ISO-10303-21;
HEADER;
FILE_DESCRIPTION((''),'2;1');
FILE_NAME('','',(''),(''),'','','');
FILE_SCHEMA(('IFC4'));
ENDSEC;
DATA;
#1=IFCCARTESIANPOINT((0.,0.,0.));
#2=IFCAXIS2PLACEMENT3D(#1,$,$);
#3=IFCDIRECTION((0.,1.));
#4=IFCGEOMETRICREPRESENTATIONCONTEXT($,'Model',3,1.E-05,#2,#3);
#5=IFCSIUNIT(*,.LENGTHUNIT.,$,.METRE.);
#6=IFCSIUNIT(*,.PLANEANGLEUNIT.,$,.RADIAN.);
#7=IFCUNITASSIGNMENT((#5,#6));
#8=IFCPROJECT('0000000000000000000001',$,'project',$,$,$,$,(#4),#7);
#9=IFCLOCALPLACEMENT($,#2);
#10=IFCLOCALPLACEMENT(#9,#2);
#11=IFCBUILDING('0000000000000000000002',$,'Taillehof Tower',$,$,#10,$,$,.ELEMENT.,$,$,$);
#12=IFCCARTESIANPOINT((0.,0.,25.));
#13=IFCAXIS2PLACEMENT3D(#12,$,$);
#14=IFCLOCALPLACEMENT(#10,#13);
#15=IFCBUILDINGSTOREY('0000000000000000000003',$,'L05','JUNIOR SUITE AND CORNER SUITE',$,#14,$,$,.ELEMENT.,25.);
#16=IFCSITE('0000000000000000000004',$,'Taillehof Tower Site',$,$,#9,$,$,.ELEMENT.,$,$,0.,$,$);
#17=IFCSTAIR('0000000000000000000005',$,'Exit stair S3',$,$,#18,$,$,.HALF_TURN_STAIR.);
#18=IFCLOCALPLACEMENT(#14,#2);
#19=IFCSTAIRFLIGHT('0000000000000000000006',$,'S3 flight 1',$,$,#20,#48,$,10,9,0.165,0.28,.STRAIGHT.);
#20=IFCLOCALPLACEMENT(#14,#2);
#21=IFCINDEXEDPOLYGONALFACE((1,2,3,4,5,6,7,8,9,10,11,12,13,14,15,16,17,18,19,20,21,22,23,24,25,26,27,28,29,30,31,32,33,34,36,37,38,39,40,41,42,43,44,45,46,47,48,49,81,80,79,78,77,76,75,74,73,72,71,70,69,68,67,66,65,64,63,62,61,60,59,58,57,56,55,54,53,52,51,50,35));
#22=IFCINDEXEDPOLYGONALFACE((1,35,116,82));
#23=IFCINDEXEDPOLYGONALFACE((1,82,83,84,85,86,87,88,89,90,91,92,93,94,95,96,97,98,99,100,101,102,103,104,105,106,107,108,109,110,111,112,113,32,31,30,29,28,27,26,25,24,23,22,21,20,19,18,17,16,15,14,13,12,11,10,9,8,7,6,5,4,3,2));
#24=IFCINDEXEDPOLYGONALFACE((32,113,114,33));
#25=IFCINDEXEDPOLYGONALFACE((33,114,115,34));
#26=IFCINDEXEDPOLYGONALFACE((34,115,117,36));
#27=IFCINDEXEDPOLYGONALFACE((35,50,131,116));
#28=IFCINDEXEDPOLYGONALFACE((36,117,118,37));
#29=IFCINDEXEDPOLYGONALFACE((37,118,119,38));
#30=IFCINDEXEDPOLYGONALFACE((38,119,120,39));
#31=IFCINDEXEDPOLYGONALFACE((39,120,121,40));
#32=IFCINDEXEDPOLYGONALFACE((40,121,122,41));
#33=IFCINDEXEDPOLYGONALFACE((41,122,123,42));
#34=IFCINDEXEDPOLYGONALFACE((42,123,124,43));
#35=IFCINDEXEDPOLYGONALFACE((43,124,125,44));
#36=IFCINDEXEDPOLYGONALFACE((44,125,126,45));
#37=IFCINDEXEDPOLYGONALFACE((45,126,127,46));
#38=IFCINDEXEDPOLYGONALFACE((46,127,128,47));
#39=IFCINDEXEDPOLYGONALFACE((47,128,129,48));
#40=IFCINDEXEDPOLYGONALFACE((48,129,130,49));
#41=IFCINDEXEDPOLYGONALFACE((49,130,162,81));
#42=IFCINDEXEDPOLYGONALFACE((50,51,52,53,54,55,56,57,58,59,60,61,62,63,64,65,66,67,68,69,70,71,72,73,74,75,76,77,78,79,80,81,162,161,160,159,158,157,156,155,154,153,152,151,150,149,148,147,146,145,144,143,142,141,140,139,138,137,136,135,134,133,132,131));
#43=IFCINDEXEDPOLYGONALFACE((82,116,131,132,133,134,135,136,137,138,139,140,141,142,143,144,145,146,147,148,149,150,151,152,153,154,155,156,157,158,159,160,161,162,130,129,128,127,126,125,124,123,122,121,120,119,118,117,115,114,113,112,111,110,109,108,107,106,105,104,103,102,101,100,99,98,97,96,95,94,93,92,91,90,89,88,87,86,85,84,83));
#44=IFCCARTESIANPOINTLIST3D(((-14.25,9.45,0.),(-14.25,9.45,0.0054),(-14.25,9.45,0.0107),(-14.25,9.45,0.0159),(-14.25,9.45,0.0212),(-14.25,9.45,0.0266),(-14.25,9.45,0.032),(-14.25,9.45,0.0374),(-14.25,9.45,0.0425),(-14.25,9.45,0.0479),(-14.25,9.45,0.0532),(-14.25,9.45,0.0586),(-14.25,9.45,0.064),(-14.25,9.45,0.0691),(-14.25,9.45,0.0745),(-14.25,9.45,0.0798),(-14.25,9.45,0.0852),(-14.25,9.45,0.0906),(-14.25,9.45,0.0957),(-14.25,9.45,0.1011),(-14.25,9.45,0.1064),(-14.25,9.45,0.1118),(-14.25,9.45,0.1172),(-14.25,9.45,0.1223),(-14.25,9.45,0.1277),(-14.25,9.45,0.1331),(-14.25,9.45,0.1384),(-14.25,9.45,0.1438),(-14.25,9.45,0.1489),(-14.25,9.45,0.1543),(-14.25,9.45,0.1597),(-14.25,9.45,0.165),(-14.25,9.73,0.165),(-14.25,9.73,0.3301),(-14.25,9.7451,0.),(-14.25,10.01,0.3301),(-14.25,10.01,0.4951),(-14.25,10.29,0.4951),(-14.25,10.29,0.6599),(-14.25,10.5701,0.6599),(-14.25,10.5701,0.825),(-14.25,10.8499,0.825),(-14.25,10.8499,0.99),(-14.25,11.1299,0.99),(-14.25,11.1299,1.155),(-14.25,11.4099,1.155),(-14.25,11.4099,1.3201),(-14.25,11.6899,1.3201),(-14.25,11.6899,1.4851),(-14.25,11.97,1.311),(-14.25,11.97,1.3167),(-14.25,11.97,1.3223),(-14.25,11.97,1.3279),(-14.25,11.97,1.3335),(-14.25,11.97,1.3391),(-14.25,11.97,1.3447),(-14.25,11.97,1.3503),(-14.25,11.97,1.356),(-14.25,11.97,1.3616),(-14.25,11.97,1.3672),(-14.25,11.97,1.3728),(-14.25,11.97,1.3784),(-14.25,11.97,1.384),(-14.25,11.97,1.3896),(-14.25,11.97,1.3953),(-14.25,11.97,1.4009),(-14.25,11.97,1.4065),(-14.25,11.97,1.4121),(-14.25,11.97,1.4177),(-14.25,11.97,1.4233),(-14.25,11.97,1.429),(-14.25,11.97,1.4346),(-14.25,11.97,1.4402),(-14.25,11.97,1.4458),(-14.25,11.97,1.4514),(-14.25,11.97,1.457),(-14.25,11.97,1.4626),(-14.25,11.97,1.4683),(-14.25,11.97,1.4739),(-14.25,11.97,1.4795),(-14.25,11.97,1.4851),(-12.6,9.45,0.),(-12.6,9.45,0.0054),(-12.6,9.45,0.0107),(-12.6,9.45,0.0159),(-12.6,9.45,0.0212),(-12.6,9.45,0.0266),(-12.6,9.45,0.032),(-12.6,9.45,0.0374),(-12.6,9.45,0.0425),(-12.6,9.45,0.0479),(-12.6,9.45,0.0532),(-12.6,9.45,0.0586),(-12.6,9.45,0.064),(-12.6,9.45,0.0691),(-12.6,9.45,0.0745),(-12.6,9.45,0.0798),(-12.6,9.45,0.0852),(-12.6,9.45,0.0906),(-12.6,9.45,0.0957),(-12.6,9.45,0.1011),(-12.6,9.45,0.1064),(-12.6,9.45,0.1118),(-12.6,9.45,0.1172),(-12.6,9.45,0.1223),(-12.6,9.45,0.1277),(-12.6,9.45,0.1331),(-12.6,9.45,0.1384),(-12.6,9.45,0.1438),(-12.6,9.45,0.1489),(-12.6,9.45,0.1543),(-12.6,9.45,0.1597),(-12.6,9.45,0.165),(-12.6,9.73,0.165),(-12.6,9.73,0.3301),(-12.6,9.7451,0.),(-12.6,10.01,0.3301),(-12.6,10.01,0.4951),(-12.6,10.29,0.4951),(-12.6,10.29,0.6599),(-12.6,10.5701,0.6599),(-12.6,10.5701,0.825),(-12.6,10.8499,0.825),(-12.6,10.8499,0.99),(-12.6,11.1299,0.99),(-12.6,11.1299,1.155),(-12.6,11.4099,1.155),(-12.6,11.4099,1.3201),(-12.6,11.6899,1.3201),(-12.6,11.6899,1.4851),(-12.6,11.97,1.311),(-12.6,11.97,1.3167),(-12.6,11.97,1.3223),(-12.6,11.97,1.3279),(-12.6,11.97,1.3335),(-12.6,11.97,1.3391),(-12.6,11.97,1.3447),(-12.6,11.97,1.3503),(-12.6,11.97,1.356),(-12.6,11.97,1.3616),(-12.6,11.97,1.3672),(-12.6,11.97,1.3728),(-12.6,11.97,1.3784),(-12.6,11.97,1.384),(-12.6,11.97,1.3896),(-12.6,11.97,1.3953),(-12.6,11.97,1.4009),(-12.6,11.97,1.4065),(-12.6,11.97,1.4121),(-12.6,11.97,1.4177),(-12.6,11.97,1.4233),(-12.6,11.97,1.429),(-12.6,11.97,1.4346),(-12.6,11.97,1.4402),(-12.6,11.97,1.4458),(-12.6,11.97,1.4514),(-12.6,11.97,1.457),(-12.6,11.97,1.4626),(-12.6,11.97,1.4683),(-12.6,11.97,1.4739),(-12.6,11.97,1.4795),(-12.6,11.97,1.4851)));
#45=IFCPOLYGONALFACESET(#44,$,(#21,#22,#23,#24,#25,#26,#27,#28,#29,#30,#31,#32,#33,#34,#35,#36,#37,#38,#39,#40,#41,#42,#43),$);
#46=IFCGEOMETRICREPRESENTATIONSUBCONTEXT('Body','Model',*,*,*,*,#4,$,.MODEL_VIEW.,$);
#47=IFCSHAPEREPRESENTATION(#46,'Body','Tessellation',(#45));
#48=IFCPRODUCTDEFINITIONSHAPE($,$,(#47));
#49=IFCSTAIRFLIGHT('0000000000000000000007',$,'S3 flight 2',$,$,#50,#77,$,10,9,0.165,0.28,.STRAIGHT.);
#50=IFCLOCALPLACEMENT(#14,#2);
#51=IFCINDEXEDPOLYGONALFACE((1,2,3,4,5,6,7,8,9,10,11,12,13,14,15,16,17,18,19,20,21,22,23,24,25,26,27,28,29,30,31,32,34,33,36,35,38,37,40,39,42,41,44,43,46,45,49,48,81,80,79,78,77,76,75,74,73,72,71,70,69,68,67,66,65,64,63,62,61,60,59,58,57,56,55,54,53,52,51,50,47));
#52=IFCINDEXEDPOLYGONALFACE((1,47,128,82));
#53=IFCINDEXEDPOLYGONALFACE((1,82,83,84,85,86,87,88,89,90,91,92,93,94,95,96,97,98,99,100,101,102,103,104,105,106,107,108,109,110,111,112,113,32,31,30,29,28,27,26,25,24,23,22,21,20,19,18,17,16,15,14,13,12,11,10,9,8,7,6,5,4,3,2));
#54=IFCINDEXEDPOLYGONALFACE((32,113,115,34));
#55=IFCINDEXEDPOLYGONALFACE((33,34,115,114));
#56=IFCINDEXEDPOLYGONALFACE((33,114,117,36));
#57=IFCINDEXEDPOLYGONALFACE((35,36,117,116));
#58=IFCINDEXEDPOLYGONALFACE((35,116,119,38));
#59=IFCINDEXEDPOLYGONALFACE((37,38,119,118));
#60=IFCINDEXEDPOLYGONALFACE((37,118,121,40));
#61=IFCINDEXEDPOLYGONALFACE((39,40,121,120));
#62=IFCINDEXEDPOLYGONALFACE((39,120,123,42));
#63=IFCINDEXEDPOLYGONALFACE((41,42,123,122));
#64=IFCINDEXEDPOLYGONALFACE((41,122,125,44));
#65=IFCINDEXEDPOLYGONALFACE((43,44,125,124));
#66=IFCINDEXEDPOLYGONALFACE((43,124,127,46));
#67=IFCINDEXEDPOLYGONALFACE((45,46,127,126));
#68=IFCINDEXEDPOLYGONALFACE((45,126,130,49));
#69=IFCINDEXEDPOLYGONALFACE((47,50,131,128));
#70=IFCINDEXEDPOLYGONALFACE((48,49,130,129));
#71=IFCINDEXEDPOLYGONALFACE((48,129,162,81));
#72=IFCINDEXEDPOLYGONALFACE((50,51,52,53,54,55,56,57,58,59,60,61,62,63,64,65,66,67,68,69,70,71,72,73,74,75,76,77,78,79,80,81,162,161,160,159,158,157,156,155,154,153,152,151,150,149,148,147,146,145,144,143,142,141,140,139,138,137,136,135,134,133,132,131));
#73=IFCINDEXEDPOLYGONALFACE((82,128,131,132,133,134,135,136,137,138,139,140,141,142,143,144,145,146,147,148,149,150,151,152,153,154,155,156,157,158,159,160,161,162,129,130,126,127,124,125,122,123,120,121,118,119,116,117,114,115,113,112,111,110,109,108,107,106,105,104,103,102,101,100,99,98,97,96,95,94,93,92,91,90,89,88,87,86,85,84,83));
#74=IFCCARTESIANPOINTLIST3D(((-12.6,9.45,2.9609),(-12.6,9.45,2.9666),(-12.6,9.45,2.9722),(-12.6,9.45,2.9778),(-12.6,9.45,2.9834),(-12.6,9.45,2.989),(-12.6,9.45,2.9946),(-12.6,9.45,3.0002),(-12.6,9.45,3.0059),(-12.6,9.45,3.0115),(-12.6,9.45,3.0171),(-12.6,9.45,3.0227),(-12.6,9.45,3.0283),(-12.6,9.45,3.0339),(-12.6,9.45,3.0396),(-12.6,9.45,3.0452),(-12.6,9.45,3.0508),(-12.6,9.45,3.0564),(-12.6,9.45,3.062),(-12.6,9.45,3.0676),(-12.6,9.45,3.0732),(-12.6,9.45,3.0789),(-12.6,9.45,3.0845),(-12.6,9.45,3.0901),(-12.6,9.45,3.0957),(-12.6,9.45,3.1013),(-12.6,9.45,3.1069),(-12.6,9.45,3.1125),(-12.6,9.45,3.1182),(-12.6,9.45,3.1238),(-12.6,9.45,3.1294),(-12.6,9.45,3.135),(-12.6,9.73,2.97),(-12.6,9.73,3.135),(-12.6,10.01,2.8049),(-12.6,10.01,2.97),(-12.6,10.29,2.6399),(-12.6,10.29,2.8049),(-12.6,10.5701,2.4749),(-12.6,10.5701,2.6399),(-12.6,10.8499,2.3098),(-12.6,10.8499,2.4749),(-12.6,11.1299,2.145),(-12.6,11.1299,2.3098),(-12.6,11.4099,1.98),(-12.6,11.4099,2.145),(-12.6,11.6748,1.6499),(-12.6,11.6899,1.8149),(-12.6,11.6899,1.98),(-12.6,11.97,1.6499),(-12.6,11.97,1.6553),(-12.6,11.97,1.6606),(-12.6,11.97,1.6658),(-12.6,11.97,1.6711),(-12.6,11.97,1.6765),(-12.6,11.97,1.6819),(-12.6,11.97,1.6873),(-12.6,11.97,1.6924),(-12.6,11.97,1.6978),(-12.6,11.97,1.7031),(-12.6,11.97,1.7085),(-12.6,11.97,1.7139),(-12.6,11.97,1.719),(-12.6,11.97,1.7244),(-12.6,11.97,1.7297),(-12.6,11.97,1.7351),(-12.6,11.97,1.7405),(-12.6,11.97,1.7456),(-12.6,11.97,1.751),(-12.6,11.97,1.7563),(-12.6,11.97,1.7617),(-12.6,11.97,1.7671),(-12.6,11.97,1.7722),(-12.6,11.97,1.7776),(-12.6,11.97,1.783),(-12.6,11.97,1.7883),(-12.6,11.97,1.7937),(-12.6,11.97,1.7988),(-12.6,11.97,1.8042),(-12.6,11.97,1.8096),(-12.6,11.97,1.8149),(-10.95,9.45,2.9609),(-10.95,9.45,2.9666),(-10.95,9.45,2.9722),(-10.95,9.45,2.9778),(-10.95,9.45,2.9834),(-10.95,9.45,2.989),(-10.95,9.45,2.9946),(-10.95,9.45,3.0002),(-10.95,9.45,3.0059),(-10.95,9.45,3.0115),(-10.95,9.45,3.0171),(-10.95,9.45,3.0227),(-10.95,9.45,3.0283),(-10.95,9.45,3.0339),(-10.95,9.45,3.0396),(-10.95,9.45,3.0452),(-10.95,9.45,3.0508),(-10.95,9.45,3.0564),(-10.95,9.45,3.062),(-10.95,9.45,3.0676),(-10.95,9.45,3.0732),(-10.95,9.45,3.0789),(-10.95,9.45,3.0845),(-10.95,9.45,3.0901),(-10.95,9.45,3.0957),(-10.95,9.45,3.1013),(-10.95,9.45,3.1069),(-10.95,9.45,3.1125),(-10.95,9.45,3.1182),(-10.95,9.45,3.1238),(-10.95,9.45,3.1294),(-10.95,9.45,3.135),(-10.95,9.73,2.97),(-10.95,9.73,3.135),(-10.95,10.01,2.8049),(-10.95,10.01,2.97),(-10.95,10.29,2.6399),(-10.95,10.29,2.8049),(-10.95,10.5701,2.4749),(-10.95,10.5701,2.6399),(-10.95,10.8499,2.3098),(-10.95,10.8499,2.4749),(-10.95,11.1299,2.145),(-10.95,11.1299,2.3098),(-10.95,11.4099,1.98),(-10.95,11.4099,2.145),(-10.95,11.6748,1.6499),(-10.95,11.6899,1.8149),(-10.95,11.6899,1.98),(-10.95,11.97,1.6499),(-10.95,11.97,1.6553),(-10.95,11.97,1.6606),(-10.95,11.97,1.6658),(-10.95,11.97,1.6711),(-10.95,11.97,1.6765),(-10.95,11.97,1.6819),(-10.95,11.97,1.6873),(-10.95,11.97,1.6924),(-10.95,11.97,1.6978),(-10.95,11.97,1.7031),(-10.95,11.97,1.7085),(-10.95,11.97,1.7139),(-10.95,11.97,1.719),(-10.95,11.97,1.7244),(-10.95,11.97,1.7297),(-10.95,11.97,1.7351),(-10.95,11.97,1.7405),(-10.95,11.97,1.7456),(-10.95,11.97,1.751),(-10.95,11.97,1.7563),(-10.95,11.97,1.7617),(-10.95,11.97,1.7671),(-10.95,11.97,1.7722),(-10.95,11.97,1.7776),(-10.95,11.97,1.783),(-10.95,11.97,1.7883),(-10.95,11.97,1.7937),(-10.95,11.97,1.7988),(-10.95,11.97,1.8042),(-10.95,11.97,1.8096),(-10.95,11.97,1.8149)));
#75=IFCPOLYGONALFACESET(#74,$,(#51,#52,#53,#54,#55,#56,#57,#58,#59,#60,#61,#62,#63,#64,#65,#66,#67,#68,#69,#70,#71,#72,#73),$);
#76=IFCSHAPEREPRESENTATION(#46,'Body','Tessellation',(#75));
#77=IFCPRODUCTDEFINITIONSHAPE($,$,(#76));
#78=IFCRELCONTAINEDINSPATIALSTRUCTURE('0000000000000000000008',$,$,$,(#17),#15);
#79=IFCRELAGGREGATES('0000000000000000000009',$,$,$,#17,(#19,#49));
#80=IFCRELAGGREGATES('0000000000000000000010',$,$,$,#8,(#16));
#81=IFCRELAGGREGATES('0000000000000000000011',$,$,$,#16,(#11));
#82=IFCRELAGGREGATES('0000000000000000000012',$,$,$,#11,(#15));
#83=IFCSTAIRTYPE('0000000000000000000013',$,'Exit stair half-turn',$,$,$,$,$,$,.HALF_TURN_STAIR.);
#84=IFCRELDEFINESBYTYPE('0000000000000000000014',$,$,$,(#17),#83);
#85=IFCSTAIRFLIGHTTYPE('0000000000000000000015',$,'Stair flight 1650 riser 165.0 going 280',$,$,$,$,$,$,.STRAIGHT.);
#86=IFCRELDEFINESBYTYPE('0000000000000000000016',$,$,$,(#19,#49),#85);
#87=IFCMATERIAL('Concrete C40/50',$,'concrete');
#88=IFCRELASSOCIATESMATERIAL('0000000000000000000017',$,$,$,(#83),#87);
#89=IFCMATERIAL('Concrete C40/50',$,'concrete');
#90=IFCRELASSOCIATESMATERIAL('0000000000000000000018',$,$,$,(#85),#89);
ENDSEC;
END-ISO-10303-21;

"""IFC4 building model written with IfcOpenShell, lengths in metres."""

from ifc_helpers import new_model, si_unit, direction, frame, origin, place, context, subcontext, project, spatial, polyline, outline, extrude, material, type_object, element, aggregate, save


model = new_model("IFC4")

# Units and contexts
model_context = context("Model", 3, precision=1e-05, world=origin(), true_north=direction((0.0, 1.0)))
body_context = subcontext(model_context, "Body", "Model", "MODEL_VIEW")
ifc_project = project(units=[si_unit("LENGTHUNIT", "METRE"), si_unit("PLANEANGLEUNIT", "RADIAN")], contexts=[model_context])

# Site, building, storey
site_placement = place(None, origin())
site = spatial("IfcSite", under=ifc_project, at=site_placement, Name="Taillehof Tower Site", CompositionType="ELEMENT", RefElevation=0.0)
building_placement = place(site_placement, origin())
building = spatial("IfcBuilding", under=site, at=building_placement, Name="Taillehof Tower", CompositionType="ELEMENT")
storey_placement = place(building_placement, frame((0.0, 0.0, 25.0)))
storey = spatial("IfcBuildingStorey", under=building, at=storey_placement, Name="L05", Description="JUNIOR SUITE AND CORNER SUITE", CompositionType="ELEMENT", Elevation=25.0)

# Stair, stair flights
ifc_material_1 = material(Name="Concrete C40/50", Category="concrete")
stair_type = type_object("IfcStairType", Name="Exit stair half-turn", PredefinedType="HALF_TURN_STAIR", material=ifc_material_1)
stair_placement = place(storey_placement, origin())
stair = element("IfcStair", 1, at=stair_placement, inside=storey, type_object=stair_type, Name="Exit stair S3", PredefinedType="HALF_TURN_STAIR")
ifc_material_2 = material(Name="Concrete C40/50", Category="concrete")
stair_flight_type = type_object("IfcStairFlightType", Name="Stair flight 1650 riser 165.0 going 280", PredefinedType="STRAIGHT", material=ifc_material_2)
stair_flight_1_placement = place(storey_placement, frame((-13.425, 9.45, 0.0), z_axis=(0.0, 0.0, 1.0), x_axis=(0.0, 1.0, 0.0)))
stair_flight_1 = element("IfcStairFlight", 2, at=stair_flight_1_placement, type_object=stair_flight_type, Name="S3 flight 1", NumberOfRisers=10, NumberOfTreads=9, PredefinedType="STRAIGHT", RiserHeight=0.165, TreadLength=0.28, context=body_context, shape_type="SweptSolid", body=[
    extrude(outline(polyline([(0.0, 0.0), (0.0, 0.0054), (0.0, 0.0107), (0.0, 0.0159), (0.0, 0.0212), (0.0, 0.0266), (0.0, 0.032), (0.0, 0.0374), (0.0, 0.0425), (0.0, 0.0479), (0.0, 0.0532), (0.0, 0.0586), (0.0, 0.064), (0.0, 0.0691), (0.0, 0.0745), (0.0, 0.0798), (0.0, 0.0852), (0.0, 0.0906), (0.0, 0.0957), (0.0, 0.1011), (0.0, 0.1064), (0.0, 0.1118), (0.0, 0.1172), (0.0, 0.1223), (0.0, 0.1277), (0.0, 0.1331), (0.0, 0.1384), (0.0, 0.1438), (0.0, 0.1489), (0.0, 0.1543), (0.0, 0.1597), (0.0, 0.165), (0.28, 0.165), (0.28, 0.3301), (0.5601, 0.3301), (0.5601, 0.4951), (0.8401, 0.4951), (0.8401, 0.6599), (1.1201, 0.6599), (1.1201, 0.825), (1.3999, 0.825), (1.3999, 0.99), (1.6799, 0.99), (1.6799, 1.155), (1.96, 1.155), (1.96, 1.3201), (2.24, 1.3201), (2.24, 1.4851), (2.52, 1.4851), (2.52, 1.4795), (2.52, 1.4739), (2.52, 1.4683), (2.52, 1.4626), (2.52, 1.457), (2.52, 1.4514), (2.52, 1.4458), (2.52, 1.4402), (2.52, 1.4346), (2.52, 1.429), (2.52, 1.4233), (2.52, 1.4177), (2.52, 1.4121), (2.52, 1.4065), (2.52, 1.4009), (2.52, 1.3953), (2.52, 1.3896), (2.52, 1.384), (2.52, 1.3784), (2.52, 1.3728), (2.52, 1.3672), (2.52, 1.3616), (2.52, 1.356), (2.52, 1.3503), (2.52, 1.3447), (2.52, 1.3391), (2.52, 1.3335), (2.52, 1.3279), (2.52, 1.3223), (2.52, 1.3167), (2.52, 1.311), (0.2952, 0.0), (0.0, 0.0)])), frame((0.0, 0.825, 0.0), z_axis=(0.0, -1.0, 0.0), x_axis=(1.0, 0.0, 0.0)), (0.0, 0.0, 1.0), 1.65),
])
stair_flight_2_placement = place(storey_placement, frame((-11.7749, 11.97, 1.6499), z_axis=(0.0, 0.0, 1.0), x_axis=(0.0, -1.0, 0.0)))
stair_flight_2 = element("IfcStairFlight", 3, at=stair_flight_2_placement, type_object=stair_flight_type, Name="S3 flight 2", NumberOfRisers=10, NumberOfTreads=9, PredefinedType="STRAIGHT", RiserHeight=0.165, TreadLength=0.28, context=body_context, shape_type="SweptSolid", body=[
    extrude(outline(polyline([(0.0, 0.0), (0.0, 0.0054), (0.0, 0.0107), (0.0, 0.0159), (0.0, 0.0212), (0.0, 0.0266), (0.0, 0.032), (0.0, 0.0374), (0.0, 0.0425), (0.0, 0.0479), (0.0, 0.0532), (0.0, 0.0586), (0.0, 0.064), (0.0, 0.0691), (0.0, 0.0745), (0.0, 0.0798), (0.0, 0.0852), (0.0, 0.0906), (0.0, 0.0957), (0.0, 0.1011), (0.0, 0.1064), (0.0, 0.1118), (0.0, 0.1172), (0.0, 0.1223), (0.0, 0.1277), (0.0, 0.1331), (0.0, 0.1384), (0.0, 0.1438), (0.0, 0.1489), (0.0, 0.1543), (0.0, 0.1597), (0.0, 0.165), (0.28, 0.165), (0.28, 0.3301), (0.5601, 0.3301), (0.5601, 0.4951), (0.8401, 0.4951), (0.8401, 0.6599), (1.1201, 0.6599), (1.1201, 0.825), (1.3999, 0.825), (1.3999, 0.99), (1.6799, 0.99), (1.6799, 1.155), (1.96, 1.155), (1.96, 1.3201), (2.24, 1.3201), (2.24, 1.4851), (2.52, 1.4851), (2.52, 1.4795), (2.52, 1.4739), (2.52, 1.4683), (2.52, 1.4626), (2.52, 1.457), (2.52, 1.4514), (2.52, 1.4458), (2.52, 1.4402), (2.52, 1.4346), (2.52, 1.429), (2.52, 1.4233), (2.52, 1.4177), (2.52, 1.4121), (2.52, 1.4065), (2.52, 1.4009), (2.52, 1.3953), (2.52, 1.3896), (2.52, 1.384), (2.52, 1.3784), (2.52, 1.3728), (2.52, 1.3672), (2.52, 1.3616), (2.52, 1.356), (2.52, 1.3503), (2.52, 1.3447), (2.52, 1.3391), (2.52, 1.3335), (2.52, 1.3279), (2.52, 1.3223), (2.52, 1.3167), (2.52, 1.311), (0.2952, 0.0), (0.0, 0.0)])), frame((0.0, 0.825, 0.0), z_axis=(0.0, -1.0, 0.0), x_axis=(1.0, 0.0, 0.0)), (0.0, 0.0, 1.0), 1.65),
])
aggregate(stair, [stair_flight_1, stair_flight_2])

save(model, "model.ifc")
